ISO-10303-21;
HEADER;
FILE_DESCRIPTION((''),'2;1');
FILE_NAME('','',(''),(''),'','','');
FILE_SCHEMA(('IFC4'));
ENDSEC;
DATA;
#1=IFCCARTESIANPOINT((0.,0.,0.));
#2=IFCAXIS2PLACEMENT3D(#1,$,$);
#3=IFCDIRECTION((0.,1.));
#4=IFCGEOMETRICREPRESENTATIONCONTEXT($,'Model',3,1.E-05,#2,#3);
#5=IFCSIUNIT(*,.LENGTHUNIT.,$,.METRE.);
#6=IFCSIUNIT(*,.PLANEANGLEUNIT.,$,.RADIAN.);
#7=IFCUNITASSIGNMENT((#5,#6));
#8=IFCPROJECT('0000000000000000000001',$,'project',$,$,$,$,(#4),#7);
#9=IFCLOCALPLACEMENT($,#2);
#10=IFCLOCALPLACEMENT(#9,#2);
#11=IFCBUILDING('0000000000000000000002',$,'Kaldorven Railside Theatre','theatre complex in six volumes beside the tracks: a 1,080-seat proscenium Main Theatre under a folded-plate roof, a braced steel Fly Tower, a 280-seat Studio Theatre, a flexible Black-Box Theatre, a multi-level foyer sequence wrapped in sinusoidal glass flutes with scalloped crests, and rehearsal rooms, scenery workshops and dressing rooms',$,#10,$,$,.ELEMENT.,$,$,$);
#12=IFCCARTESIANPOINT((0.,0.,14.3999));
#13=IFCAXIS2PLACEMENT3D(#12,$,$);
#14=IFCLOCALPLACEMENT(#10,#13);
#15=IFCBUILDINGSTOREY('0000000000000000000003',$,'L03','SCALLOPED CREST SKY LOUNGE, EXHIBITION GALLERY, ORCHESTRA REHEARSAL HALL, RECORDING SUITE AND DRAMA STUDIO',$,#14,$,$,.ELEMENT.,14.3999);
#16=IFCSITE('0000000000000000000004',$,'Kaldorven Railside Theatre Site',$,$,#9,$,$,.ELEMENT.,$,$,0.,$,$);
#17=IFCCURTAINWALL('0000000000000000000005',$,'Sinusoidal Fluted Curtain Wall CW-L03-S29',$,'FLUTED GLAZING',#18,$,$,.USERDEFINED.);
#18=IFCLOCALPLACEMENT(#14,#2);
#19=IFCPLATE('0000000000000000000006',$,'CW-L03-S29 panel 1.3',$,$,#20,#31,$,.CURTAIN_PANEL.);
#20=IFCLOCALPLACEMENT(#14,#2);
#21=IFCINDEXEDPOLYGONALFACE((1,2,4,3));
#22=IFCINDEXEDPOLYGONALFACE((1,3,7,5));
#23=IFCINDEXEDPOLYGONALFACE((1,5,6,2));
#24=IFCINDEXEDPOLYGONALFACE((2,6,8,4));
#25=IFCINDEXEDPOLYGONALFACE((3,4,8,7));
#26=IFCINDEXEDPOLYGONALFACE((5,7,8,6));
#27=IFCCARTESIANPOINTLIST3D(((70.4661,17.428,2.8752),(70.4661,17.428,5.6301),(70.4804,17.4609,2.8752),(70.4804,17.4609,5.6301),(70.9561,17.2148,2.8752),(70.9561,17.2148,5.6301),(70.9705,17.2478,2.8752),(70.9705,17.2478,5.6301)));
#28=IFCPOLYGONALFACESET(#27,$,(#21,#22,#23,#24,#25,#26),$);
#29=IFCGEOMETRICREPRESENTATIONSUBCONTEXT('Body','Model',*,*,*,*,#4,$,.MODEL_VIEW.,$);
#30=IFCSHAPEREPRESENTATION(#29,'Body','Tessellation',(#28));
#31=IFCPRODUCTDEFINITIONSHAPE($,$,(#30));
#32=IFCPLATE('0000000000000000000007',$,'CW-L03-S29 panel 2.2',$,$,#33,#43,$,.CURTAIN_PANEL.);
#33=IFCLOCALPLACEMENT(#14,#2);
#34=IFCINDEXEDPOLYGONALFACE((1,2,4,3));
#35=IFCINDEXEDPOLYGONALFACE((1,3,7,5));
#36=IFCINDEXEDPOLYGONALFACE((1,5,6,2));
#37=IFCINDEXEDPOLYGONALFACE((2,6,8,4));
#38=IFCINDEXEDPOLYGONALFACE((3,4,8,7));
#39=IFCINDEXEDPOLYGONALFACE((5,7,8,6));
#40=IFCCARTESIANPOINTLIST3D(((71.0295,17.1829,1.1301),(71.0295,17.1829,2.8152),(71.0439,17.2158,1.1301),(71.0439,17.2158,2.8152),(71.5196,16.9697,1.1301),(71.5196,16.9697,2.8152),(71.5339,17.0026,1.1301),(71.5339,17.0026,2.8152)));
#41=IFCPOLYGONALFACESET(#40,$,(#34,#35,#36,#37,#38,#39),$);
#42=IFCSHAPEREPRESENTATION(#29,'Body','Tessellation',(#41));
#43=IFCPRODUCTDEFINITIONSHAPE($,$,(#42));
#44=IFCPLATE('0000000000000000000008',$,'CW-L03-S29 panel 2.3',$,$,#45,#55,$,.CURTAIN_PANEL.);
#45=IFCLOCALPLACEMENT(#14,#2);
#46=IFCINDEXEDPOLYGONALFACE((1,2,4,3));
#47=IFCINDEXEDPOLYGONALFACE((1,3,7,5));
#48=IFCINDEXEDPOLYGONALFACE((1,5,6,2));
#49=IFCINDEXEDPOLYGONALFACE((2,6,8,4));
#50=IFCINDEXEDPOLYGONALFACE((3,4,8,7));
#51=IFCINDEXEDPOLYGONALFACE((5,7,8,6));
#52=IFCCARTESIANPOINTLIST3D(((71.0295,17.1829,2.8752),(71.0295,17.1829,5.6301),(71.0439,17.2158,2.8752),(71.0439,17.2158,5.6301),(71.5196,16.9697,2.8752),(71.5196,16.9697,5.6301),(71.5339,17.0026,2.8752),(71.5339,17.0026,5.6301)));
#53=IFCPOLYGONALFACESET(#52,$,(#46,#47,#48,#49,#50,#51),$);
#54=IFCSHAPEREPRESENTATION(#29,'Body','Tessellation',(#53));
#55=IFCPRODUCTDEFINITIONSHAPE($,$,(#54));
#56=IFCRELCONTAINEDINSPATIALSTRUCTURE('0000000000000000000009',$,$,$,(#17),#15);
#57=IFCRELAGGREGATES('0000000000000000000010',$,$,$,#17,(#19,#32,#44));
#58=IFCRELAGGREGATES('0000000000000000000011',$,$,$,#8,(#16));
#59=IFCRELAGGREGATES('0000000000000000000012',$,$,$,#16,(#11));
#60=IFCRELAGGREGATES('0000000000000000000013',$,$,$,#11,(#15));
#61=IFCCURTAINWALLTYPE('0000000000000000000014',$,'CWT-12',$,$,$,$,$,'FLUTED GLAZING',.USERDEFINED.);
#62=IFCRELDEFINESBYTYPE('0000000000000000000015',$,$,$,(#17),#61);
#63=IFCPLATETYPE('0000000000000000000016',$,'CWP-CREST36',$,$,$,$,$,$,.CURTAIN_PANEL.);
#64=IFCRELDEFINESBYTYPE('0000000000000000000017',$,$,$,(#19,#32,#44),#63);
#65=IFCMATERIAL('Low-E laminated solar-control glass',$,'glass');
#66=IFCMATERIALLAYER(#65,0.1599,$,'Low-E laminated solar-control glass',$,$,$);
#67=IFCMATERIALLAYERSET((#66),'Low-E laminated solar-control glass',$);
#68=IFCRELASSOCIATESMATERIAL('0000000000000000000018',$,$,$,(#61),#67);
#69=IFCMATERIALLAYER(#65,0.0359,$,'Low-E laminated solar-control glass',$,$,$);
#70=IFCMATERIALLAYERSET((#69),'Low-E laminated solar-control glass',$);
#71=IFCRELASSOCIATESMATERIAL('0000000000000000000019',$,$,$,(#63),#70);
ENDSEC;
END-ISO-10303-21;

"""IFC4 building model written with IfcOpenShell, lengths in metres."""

from ifc_helpers import new_model, si_unit, direction, frame, origin, origin_2d, place, context, subcontext, project, spatial, rectangle, extrude, material, layer, layer_set, type_object, element, aggregate, save


model = new_model("IFC4")

# Units and contexts
model_context = context("Model", 3, precision=1e-05, world=origin(), true_north=direction((0.0, 1.0)))
body_context = subcontext(model_context, "Body", "Model", "MODEL_VIEW")
ifc_project = project(units=[si_unit("LENGTHUNIT", "METRE"), si_unit("PLANEANGLEUNIT", "RADIAN")], contexts=[model_context])

# Site, building, storey
site_placement = place(None, origin())
site = spatial("IfcSite", under=ifc_project, at=site_placement, Name="Kaldorven Railside Theatre Site", CompositionType="ELEMENT", RefElevation=0.0)
building_placement = place(site_placement, origin())
building = spatial("IfcBuilding", under=site, at=building_placement, Name="Kaldorven Railside Theatre", Description="theatre complex in six volumes beside the tracks: a 1,080-seat proscenium Main Theatre under a folded-plate roof, a braced steel Fly Tower, a 280-seat Studio Theatre, a flexible Black-Box Theatre, a multi-level foyer sequence wrapped in sinusoidal glass flutes with scalloped crests, and rehearsal rooms, scenery workshops and dressing rooms", CompositionType="ELEMENT")
storey_placement = place(building_placement, frame((0.0, 0.0, 14.3999)))
storey = spatial("IfcBuildingStorey", under=building, at=storey_placement, Name="L03", Description="SCALLOPED CREST SKY LOUNGE, EXHIBITION GALLERY, ORCHESTRA REHEARSAL HALL, RECORDING SUITE AND DRAMA STUDIO", CompositionType="ELEMENT", Elevation=14.3999)

# Curtain wall
ifc_material_1 = material(Name="Low-E laminated solar-control glass", Category="glass")
ifc_layer_1 = layer(ifc_material_1, 0.1599, Name="Low-E laminated solar-control glass")
ifc_layer_set_1 = layer_set([ifc_layer_1], Name="Low-E laminated solar-control glass")
curtain_wall_type_1 = type_object("IfcCurtainWallType", Name="CWT-12", ElementType="FLUTED GLAZING", PredefinedType="USERDEFINED", material=ifc_layer_set_1)
curtain_wall_1_placement = place(storey_placement, origin())
curtain_wall_1 = element("IfcCurtainWall", 1, at=curtain_wall_1_placement, inside=storey, type_object=curtain_wall_type_1, Name="Sinusoidal Fluted Curtain Wall CW-L03-S29", ObjectType="FLUTED GLAZING", PredefinedType="USERDEFINED")

# Plates
ifc_layer_2 = layer(ifc_material_1, 0.0359, Name="Low-E laminated solar-control glass")
ifc_layer_set_2 = layer_set([ifc_layer_2], Name="Low-E laminated solar-control glass")
plate_type = type_object("IfcPlateType", Name="CWP-CREST36", PredefinedType="CURTAIN_PANEL", material=ifc_layer_set_2)
plate_1_placement = place(storey_placement, frame((70.7183, 17.3379, 2.8752), z_axis=(0.0, 0.0, 1.0), x_axis=(0.916997, -0.398894, 0.0)))
plate_1 = element("IfcPlate", 2, at=plate_1_placement, type_object=plate_type, Name="CW-L03-S29 panel 1.3", PredefinedType="CURTAIN_PANEL", context=body_context, shape_type="SweptSolid", body=[
    extrude(rectangle(XDim=0.5344, YDim=0.0359, at=origin_2d()), origin(), (0.0, 0.0, 1.0), 2.7549),
])
plate_2_placement = place(storey_placement, frame((71.2817, 17.0928, 1.1301), z_axis=(0.0, 0.0, 1.0), x_axis=(0.916997, -0.398894, 0.0)))
plate_2 = element("IfcPlate", 3, at=plate_2_placement, type_object=plate_type, Name="CW-L03-S29 panel 2.2", PredefinedType="CURTAIN_PANEL", context=body_context, shape_type="SweptSolid", body=[
    extrude(rectangle(XDim=0.5344, YDim=0.0359, at=origin_2d()), origin(), (0.0, 0.0, 1.0), 1.6851),
])
plate_3_placement = place(storey_placement, frame((71.2817, 17.0928, 2.8752), z_axis=(0.0, 0.0, 1.0), x_axis=(0.916997, -0.398894, 0.0)))
plate_3 = element("IfcPlate", 4, at=plate_3_placement, type_object=plate_type, Name="CW-L03-S29 panel 2.3", PredefinedType="CURTAIN_PANEL", context=body_context, shape_type="SweptSolid", body=[
    extrude(rectangle(XDim=0.5344, YDim=0.0359, at=origin_2d()), origin(), (0.0, 0.0, 1.0), 2.7549),
])
aggregate(curtain_wall_1, [plate_1, plate_2, plate_3])

save(model, "model.ifc")
